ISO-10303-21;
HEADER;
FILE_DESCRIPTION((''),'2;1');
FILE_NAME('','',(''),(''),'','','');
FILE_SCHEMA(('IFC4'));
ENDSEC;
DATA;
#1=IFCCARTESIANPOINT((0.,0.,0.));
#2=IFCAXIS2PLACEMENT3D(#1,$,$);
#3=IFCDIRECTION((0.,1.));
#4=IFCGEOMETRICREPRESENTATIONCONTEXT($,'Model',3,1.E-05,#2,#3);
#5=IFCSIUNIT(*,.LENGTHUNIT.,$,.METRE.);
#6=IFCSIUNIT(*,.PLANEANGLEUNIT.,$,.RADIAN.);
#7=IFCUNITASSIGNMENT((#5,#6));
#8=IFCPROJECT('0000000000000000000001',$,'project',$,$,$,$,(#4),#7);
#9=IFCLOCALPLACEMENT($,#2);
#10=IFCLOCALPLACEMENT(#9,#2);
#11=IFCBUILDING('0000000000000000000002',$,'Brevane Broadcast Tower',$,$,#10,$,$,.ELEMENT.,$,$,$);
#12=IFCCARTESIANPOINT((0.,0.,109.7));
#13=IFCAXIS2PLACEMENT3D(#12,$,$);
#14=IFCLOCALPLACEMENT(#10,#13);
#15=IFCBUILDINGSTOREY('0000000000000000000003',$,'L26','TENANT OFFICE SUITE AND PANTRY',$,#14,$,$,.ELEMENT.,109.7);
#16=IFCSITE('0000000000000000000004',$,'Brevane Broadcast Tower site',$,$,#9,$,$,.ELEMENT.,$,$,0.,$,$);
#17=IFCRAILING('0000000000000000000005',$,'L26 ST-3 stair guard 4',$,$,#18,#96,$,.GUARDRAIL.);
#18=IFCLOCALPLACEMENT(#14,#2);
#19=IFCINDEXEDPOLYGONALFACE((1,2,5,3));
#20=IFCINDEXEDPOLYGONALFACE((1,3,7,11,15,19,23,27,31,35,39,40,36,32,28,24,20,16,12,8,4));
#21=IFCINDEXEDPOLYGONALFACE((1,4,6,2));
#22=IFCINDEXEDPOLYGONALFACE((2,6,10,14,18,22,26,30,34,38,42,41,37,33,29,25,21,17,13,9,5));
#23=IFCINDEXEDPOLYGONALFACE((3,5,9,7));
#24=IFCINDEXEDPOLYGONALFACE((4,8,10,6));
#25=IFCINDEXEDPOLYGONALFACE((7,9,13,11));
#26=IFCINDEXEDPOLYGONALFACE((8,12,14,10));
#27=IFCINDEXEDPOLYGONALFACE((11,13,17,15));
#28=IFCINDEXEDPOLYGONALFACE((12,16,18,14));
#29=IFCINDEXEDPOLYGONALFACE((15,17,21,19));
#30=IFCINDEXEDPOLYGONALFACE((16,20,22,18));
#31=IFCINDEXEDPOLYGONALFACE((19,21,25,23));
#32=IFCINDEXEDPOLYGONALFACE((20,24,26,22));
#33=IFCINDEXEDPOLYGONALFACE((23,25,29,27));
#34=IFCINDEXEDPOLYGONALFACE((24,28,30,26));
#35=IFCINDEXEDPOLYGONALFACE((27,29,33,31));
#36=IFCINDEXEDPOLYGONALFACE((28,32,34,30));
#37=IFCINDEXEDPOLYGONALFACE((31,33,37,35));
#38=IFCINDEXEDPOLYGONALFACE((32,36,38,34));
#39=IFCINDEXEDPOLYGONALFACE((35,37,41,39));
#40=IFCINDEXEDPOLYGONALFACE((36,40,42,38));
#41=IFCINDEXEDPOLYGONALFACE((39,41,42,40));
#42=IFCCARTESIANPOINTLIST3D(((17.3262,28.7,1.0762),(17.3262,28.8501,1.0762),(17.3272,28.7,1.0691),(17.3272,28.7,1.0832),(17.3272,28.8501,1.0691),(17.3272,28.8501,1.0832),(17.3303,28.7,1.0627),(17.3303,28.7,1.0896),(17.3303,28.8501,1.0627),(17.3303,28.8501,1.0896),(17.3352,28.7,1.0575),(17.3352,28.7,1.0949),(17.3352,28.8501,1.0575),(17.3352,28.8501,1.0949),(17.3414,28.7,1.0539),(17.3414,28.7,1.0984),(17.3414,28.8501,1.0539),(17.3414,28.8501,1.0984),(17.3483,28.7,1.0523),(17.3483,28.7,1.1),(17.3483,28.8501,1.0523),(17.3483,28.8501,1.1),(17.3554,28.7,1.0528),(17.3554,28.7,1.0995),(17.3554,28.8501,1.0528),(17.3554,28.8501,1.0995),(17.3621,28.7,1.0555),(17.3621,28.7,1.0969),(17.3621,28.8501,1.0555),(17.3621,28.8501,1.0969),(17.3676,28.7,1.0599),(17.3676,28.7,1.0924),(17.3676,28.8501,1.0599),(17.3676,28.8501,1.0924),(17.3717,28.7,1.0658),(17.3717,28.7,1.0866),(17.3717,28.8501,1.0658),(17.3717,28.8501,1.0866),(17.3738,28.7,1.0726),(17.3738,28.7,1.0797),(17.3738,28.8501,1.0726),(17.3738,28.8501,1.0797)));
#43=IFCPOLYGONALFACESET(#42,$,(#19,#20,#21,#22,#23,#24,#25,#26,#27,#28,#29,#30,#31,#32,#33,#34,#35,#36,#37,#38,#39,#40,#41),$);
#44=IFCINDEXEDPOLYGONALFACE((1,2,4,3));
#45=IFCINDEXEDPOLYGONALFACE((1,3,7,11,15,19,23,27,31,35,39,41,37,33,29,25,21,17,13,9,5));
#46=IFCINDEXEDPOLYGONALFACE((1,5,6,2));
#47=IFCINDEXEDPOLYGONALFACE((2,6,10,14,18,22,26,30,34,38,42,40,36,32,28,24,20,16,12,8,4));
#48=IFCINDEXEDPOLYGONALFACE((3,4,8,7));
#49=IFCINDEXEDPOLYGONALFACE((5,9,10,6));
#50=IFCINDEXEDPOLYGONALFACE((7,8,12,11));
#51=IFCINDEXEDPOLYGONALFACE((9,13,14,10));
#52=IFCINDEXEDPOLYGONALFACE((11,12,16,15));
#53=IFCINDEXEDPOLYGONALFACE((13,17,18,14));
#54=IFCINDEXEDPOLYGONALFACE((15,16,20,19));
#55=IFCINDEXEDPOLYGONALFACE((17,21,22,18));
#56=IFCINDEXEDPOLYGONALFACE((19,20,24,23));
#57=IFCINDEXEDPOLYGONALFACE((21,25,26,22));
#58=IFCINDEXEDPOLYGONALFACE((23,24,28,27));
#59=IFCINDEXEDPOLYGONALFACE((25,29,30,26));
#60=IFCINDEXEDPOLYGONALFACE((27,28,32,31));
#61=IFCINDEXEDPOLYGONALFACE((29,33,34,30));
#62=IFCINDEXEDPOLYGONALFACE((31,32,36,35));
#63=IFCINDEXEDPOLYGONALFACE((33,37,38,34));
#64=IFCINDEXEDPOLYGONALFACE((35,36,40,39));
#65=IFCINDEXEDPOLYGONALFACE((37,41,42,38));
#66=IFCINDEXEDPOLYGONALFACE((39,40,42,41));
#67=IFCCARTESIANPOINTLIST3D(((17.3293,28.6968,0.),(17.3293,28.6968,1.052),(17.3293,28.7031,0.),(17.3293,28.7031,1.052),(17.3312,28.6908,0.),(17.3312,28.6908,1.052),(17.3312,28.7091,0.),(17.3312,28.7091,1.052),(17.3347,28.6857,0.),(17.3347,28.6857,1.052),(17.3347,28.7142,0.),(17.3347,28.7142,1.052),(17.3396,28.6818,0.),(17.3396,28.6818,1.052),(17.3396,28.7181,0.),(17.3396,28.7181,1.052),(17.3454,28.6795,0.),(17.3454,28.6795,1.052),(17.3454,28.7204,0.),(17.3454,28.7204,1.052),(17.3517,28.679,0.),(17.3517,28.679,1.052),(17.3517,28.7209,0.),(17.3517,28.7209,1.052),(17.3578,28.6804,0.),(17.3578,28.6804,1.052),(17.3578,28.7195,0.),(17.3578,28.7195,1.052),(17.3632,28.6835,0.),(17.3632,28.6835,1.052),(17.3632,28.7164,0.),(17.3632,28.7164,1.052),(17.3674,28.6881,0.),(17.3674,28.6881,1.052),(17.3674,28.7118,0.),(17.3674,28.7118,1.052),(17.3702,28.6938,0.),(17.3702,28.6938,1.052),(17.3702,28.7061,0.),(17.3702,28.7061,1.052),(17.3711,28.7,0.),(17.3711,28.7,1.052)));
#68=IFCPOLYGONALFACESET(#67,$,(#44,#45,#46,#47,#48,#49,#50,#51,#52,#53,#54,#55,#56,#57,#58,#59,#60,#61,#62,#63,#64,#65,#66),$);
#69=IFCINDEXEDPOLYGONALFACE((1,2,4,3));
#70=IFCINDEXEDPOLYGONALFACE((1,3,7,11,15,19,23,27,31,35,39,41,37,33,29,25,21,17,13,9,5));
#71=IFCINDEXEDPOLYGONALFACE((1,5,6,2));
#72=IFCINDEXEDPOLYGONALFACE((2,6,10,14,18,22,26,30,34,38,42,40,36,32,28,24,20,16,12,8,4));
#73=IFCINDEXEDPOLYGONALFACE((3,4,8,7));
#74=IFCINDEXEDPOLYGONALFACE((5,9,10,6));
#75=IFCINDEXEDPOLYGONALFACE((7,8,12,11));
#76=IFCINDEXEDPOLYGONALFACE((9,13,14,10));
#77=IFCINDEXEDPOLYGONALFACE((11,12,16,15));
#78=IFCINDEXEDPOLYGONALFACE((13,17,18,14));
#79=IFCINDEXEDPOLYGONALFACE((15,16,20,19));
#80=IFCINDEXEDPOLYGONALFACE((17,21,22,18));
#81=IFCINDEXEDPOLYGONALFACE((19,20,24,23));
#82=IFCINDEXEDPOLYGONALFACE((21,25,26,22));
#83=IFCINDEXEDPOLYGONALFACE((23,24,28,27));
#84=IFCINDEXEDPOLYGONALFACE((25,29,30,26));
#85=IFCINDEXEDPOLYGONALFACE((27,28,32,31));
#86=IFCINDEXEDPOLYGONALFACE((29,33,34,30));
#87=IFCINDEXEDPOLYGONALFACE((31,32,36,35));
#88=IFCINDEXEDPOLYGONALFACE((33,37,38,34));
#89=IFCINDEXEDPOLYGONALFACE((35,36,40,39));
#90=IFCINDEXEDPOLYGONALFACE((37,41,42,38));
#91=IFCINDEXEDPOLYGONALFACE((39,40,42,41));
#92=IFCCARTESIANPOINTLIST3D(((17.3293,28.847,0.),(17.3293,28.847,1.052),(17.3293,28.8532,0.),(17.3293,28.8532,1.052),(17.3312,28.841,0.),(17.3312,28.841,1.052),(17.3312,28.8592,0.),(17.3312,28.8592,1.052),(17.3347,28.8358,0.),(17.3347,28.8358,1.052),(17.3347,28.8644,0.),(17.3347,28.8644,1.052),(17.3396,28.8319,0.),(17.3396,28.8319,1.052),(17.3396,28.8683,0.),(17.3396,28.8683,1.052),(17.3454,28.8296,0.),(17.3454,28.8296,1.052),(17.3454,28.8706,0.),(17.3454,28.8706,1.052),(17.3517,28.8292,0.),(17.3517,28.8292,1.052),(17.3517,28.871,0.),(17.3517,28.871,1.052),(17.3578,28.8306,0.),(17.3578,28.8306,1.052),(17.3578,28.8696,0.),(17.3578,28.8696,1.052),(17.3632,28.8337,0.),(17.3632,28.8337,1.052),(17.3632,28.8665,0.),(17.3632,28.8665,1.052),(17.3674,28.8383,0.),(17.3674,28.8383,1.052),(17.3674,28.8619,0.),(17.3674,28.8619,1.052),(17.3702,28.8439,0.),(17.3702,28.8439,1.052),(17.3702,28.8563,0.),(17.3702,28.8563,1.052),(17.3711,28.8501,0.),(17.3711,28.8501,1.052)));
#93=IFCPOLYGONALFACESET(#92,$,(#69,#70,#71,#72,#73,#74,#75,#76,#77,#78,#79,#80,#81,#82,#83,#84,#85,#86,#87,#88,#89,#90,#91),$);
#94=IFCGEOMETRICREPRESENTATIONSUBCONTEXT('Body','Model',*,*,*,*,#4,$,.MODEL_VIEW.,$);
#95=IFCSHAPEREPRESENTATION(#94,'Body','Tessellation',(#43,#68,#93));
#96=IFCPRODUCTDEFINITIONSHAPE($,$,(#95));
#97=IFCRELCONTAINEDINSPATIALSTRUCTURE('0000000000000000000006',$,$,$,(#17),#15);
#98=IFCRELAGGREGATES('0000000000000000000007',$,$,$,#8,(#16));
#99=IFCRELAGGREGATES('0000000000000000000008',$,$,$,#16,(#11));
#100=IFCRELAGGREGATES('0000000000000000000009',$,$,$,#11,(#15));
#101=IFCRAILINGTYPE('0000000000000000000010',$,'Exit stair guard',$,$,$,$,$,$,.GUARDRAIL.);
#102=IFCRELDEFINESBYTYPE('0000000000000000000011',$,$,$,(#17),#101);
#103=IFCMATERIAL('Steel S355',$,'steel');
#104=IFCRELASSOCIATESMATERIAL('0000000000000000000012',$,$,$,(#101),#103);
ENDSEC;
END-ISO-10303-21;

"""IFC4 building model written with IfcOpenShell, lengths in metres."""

from ifc_helpers import new_model, si_unit, direction, frame, origin, origin_2d, place, context, subcontext, project, spatial, circle, extrude, material, type_object, element, save


model = new_model("IFC4")

# Units and contexts
model_context = context("Model", 3, precision=1e-05, world=origin(), true_north=direction((0.0, 1.0)))
body_context = subcontext(model_context, "Body", "Model", "MODEL_VIEW")
ifc_project = project(units=[si_unit("LENGTHUNIT", "METRE"), si_unit("PLANEANGLEUNIT", "RADIAN")], contexts=[model_context])

# Site, building, storey
site_placement = place(None, origin())
site = spatial("IfcSite", under=ifc_project, at=site_placement, Name="Brevane Broadcast Tower site", CompositionType="ELEMENT", RefElevation=0.0)
building_placement = place(site_placement, origin())
building = spatial("IfcBuilding", under=site, at=building_placement, Name="Brevane Broadcast Tower", CompositionType="ELEMENT")
storey_placement = place(building_placement, frame((0.0, 0.0, 109.7)))
storey = spatial("IfcBuildingStorey", under=building, at=storey_placement, Name="L26", Description="TENANT OFFICE SUITE AND PANTRY", CompositionType="ELEMENT", Elevation=109.7)

# Railing
ifc_material_1 = material(Name="Steel S355", Category="steel")
railing_type_1 = type_object("IfcRailingType", Name="Exit stair guard", PredefinedType="GUARDRAIL", material=ifc_material_1)
railing_1_placement = place(storey_placement, frame((17.3501, 28.7, 0.0)))
element("IfcRailing", 1, at=railing_1_placement, inside=storey, type_object=railing_type_1, Name="L26 ST-3 stair guard 4", PredefinedType="GUARDRAIL", context=body_context, shape_type="SweptSolid", body=[
    extrude(circle(Radius=0.0239, at=origin_2d()), frame((0.0, 0.0, 1.0762), z_axis=(0.0, 1.0, 0.0), x_axis=(-1.0, 0.0, 0.0)), (0.0, 0.0, 1.0), 0.1501),
    extrude(circle(Radius=0.021, at=origin_2d()), origin(), (0.0, 0.0, 1.0), 1.052),
    extrude(circle(Radius=0.021, at=origin_2d()), frame((0.0, 0.1501, 0.0)), (0.0, 0.0, 1.0), 1.052),
])

save(model, "model.ifc")
